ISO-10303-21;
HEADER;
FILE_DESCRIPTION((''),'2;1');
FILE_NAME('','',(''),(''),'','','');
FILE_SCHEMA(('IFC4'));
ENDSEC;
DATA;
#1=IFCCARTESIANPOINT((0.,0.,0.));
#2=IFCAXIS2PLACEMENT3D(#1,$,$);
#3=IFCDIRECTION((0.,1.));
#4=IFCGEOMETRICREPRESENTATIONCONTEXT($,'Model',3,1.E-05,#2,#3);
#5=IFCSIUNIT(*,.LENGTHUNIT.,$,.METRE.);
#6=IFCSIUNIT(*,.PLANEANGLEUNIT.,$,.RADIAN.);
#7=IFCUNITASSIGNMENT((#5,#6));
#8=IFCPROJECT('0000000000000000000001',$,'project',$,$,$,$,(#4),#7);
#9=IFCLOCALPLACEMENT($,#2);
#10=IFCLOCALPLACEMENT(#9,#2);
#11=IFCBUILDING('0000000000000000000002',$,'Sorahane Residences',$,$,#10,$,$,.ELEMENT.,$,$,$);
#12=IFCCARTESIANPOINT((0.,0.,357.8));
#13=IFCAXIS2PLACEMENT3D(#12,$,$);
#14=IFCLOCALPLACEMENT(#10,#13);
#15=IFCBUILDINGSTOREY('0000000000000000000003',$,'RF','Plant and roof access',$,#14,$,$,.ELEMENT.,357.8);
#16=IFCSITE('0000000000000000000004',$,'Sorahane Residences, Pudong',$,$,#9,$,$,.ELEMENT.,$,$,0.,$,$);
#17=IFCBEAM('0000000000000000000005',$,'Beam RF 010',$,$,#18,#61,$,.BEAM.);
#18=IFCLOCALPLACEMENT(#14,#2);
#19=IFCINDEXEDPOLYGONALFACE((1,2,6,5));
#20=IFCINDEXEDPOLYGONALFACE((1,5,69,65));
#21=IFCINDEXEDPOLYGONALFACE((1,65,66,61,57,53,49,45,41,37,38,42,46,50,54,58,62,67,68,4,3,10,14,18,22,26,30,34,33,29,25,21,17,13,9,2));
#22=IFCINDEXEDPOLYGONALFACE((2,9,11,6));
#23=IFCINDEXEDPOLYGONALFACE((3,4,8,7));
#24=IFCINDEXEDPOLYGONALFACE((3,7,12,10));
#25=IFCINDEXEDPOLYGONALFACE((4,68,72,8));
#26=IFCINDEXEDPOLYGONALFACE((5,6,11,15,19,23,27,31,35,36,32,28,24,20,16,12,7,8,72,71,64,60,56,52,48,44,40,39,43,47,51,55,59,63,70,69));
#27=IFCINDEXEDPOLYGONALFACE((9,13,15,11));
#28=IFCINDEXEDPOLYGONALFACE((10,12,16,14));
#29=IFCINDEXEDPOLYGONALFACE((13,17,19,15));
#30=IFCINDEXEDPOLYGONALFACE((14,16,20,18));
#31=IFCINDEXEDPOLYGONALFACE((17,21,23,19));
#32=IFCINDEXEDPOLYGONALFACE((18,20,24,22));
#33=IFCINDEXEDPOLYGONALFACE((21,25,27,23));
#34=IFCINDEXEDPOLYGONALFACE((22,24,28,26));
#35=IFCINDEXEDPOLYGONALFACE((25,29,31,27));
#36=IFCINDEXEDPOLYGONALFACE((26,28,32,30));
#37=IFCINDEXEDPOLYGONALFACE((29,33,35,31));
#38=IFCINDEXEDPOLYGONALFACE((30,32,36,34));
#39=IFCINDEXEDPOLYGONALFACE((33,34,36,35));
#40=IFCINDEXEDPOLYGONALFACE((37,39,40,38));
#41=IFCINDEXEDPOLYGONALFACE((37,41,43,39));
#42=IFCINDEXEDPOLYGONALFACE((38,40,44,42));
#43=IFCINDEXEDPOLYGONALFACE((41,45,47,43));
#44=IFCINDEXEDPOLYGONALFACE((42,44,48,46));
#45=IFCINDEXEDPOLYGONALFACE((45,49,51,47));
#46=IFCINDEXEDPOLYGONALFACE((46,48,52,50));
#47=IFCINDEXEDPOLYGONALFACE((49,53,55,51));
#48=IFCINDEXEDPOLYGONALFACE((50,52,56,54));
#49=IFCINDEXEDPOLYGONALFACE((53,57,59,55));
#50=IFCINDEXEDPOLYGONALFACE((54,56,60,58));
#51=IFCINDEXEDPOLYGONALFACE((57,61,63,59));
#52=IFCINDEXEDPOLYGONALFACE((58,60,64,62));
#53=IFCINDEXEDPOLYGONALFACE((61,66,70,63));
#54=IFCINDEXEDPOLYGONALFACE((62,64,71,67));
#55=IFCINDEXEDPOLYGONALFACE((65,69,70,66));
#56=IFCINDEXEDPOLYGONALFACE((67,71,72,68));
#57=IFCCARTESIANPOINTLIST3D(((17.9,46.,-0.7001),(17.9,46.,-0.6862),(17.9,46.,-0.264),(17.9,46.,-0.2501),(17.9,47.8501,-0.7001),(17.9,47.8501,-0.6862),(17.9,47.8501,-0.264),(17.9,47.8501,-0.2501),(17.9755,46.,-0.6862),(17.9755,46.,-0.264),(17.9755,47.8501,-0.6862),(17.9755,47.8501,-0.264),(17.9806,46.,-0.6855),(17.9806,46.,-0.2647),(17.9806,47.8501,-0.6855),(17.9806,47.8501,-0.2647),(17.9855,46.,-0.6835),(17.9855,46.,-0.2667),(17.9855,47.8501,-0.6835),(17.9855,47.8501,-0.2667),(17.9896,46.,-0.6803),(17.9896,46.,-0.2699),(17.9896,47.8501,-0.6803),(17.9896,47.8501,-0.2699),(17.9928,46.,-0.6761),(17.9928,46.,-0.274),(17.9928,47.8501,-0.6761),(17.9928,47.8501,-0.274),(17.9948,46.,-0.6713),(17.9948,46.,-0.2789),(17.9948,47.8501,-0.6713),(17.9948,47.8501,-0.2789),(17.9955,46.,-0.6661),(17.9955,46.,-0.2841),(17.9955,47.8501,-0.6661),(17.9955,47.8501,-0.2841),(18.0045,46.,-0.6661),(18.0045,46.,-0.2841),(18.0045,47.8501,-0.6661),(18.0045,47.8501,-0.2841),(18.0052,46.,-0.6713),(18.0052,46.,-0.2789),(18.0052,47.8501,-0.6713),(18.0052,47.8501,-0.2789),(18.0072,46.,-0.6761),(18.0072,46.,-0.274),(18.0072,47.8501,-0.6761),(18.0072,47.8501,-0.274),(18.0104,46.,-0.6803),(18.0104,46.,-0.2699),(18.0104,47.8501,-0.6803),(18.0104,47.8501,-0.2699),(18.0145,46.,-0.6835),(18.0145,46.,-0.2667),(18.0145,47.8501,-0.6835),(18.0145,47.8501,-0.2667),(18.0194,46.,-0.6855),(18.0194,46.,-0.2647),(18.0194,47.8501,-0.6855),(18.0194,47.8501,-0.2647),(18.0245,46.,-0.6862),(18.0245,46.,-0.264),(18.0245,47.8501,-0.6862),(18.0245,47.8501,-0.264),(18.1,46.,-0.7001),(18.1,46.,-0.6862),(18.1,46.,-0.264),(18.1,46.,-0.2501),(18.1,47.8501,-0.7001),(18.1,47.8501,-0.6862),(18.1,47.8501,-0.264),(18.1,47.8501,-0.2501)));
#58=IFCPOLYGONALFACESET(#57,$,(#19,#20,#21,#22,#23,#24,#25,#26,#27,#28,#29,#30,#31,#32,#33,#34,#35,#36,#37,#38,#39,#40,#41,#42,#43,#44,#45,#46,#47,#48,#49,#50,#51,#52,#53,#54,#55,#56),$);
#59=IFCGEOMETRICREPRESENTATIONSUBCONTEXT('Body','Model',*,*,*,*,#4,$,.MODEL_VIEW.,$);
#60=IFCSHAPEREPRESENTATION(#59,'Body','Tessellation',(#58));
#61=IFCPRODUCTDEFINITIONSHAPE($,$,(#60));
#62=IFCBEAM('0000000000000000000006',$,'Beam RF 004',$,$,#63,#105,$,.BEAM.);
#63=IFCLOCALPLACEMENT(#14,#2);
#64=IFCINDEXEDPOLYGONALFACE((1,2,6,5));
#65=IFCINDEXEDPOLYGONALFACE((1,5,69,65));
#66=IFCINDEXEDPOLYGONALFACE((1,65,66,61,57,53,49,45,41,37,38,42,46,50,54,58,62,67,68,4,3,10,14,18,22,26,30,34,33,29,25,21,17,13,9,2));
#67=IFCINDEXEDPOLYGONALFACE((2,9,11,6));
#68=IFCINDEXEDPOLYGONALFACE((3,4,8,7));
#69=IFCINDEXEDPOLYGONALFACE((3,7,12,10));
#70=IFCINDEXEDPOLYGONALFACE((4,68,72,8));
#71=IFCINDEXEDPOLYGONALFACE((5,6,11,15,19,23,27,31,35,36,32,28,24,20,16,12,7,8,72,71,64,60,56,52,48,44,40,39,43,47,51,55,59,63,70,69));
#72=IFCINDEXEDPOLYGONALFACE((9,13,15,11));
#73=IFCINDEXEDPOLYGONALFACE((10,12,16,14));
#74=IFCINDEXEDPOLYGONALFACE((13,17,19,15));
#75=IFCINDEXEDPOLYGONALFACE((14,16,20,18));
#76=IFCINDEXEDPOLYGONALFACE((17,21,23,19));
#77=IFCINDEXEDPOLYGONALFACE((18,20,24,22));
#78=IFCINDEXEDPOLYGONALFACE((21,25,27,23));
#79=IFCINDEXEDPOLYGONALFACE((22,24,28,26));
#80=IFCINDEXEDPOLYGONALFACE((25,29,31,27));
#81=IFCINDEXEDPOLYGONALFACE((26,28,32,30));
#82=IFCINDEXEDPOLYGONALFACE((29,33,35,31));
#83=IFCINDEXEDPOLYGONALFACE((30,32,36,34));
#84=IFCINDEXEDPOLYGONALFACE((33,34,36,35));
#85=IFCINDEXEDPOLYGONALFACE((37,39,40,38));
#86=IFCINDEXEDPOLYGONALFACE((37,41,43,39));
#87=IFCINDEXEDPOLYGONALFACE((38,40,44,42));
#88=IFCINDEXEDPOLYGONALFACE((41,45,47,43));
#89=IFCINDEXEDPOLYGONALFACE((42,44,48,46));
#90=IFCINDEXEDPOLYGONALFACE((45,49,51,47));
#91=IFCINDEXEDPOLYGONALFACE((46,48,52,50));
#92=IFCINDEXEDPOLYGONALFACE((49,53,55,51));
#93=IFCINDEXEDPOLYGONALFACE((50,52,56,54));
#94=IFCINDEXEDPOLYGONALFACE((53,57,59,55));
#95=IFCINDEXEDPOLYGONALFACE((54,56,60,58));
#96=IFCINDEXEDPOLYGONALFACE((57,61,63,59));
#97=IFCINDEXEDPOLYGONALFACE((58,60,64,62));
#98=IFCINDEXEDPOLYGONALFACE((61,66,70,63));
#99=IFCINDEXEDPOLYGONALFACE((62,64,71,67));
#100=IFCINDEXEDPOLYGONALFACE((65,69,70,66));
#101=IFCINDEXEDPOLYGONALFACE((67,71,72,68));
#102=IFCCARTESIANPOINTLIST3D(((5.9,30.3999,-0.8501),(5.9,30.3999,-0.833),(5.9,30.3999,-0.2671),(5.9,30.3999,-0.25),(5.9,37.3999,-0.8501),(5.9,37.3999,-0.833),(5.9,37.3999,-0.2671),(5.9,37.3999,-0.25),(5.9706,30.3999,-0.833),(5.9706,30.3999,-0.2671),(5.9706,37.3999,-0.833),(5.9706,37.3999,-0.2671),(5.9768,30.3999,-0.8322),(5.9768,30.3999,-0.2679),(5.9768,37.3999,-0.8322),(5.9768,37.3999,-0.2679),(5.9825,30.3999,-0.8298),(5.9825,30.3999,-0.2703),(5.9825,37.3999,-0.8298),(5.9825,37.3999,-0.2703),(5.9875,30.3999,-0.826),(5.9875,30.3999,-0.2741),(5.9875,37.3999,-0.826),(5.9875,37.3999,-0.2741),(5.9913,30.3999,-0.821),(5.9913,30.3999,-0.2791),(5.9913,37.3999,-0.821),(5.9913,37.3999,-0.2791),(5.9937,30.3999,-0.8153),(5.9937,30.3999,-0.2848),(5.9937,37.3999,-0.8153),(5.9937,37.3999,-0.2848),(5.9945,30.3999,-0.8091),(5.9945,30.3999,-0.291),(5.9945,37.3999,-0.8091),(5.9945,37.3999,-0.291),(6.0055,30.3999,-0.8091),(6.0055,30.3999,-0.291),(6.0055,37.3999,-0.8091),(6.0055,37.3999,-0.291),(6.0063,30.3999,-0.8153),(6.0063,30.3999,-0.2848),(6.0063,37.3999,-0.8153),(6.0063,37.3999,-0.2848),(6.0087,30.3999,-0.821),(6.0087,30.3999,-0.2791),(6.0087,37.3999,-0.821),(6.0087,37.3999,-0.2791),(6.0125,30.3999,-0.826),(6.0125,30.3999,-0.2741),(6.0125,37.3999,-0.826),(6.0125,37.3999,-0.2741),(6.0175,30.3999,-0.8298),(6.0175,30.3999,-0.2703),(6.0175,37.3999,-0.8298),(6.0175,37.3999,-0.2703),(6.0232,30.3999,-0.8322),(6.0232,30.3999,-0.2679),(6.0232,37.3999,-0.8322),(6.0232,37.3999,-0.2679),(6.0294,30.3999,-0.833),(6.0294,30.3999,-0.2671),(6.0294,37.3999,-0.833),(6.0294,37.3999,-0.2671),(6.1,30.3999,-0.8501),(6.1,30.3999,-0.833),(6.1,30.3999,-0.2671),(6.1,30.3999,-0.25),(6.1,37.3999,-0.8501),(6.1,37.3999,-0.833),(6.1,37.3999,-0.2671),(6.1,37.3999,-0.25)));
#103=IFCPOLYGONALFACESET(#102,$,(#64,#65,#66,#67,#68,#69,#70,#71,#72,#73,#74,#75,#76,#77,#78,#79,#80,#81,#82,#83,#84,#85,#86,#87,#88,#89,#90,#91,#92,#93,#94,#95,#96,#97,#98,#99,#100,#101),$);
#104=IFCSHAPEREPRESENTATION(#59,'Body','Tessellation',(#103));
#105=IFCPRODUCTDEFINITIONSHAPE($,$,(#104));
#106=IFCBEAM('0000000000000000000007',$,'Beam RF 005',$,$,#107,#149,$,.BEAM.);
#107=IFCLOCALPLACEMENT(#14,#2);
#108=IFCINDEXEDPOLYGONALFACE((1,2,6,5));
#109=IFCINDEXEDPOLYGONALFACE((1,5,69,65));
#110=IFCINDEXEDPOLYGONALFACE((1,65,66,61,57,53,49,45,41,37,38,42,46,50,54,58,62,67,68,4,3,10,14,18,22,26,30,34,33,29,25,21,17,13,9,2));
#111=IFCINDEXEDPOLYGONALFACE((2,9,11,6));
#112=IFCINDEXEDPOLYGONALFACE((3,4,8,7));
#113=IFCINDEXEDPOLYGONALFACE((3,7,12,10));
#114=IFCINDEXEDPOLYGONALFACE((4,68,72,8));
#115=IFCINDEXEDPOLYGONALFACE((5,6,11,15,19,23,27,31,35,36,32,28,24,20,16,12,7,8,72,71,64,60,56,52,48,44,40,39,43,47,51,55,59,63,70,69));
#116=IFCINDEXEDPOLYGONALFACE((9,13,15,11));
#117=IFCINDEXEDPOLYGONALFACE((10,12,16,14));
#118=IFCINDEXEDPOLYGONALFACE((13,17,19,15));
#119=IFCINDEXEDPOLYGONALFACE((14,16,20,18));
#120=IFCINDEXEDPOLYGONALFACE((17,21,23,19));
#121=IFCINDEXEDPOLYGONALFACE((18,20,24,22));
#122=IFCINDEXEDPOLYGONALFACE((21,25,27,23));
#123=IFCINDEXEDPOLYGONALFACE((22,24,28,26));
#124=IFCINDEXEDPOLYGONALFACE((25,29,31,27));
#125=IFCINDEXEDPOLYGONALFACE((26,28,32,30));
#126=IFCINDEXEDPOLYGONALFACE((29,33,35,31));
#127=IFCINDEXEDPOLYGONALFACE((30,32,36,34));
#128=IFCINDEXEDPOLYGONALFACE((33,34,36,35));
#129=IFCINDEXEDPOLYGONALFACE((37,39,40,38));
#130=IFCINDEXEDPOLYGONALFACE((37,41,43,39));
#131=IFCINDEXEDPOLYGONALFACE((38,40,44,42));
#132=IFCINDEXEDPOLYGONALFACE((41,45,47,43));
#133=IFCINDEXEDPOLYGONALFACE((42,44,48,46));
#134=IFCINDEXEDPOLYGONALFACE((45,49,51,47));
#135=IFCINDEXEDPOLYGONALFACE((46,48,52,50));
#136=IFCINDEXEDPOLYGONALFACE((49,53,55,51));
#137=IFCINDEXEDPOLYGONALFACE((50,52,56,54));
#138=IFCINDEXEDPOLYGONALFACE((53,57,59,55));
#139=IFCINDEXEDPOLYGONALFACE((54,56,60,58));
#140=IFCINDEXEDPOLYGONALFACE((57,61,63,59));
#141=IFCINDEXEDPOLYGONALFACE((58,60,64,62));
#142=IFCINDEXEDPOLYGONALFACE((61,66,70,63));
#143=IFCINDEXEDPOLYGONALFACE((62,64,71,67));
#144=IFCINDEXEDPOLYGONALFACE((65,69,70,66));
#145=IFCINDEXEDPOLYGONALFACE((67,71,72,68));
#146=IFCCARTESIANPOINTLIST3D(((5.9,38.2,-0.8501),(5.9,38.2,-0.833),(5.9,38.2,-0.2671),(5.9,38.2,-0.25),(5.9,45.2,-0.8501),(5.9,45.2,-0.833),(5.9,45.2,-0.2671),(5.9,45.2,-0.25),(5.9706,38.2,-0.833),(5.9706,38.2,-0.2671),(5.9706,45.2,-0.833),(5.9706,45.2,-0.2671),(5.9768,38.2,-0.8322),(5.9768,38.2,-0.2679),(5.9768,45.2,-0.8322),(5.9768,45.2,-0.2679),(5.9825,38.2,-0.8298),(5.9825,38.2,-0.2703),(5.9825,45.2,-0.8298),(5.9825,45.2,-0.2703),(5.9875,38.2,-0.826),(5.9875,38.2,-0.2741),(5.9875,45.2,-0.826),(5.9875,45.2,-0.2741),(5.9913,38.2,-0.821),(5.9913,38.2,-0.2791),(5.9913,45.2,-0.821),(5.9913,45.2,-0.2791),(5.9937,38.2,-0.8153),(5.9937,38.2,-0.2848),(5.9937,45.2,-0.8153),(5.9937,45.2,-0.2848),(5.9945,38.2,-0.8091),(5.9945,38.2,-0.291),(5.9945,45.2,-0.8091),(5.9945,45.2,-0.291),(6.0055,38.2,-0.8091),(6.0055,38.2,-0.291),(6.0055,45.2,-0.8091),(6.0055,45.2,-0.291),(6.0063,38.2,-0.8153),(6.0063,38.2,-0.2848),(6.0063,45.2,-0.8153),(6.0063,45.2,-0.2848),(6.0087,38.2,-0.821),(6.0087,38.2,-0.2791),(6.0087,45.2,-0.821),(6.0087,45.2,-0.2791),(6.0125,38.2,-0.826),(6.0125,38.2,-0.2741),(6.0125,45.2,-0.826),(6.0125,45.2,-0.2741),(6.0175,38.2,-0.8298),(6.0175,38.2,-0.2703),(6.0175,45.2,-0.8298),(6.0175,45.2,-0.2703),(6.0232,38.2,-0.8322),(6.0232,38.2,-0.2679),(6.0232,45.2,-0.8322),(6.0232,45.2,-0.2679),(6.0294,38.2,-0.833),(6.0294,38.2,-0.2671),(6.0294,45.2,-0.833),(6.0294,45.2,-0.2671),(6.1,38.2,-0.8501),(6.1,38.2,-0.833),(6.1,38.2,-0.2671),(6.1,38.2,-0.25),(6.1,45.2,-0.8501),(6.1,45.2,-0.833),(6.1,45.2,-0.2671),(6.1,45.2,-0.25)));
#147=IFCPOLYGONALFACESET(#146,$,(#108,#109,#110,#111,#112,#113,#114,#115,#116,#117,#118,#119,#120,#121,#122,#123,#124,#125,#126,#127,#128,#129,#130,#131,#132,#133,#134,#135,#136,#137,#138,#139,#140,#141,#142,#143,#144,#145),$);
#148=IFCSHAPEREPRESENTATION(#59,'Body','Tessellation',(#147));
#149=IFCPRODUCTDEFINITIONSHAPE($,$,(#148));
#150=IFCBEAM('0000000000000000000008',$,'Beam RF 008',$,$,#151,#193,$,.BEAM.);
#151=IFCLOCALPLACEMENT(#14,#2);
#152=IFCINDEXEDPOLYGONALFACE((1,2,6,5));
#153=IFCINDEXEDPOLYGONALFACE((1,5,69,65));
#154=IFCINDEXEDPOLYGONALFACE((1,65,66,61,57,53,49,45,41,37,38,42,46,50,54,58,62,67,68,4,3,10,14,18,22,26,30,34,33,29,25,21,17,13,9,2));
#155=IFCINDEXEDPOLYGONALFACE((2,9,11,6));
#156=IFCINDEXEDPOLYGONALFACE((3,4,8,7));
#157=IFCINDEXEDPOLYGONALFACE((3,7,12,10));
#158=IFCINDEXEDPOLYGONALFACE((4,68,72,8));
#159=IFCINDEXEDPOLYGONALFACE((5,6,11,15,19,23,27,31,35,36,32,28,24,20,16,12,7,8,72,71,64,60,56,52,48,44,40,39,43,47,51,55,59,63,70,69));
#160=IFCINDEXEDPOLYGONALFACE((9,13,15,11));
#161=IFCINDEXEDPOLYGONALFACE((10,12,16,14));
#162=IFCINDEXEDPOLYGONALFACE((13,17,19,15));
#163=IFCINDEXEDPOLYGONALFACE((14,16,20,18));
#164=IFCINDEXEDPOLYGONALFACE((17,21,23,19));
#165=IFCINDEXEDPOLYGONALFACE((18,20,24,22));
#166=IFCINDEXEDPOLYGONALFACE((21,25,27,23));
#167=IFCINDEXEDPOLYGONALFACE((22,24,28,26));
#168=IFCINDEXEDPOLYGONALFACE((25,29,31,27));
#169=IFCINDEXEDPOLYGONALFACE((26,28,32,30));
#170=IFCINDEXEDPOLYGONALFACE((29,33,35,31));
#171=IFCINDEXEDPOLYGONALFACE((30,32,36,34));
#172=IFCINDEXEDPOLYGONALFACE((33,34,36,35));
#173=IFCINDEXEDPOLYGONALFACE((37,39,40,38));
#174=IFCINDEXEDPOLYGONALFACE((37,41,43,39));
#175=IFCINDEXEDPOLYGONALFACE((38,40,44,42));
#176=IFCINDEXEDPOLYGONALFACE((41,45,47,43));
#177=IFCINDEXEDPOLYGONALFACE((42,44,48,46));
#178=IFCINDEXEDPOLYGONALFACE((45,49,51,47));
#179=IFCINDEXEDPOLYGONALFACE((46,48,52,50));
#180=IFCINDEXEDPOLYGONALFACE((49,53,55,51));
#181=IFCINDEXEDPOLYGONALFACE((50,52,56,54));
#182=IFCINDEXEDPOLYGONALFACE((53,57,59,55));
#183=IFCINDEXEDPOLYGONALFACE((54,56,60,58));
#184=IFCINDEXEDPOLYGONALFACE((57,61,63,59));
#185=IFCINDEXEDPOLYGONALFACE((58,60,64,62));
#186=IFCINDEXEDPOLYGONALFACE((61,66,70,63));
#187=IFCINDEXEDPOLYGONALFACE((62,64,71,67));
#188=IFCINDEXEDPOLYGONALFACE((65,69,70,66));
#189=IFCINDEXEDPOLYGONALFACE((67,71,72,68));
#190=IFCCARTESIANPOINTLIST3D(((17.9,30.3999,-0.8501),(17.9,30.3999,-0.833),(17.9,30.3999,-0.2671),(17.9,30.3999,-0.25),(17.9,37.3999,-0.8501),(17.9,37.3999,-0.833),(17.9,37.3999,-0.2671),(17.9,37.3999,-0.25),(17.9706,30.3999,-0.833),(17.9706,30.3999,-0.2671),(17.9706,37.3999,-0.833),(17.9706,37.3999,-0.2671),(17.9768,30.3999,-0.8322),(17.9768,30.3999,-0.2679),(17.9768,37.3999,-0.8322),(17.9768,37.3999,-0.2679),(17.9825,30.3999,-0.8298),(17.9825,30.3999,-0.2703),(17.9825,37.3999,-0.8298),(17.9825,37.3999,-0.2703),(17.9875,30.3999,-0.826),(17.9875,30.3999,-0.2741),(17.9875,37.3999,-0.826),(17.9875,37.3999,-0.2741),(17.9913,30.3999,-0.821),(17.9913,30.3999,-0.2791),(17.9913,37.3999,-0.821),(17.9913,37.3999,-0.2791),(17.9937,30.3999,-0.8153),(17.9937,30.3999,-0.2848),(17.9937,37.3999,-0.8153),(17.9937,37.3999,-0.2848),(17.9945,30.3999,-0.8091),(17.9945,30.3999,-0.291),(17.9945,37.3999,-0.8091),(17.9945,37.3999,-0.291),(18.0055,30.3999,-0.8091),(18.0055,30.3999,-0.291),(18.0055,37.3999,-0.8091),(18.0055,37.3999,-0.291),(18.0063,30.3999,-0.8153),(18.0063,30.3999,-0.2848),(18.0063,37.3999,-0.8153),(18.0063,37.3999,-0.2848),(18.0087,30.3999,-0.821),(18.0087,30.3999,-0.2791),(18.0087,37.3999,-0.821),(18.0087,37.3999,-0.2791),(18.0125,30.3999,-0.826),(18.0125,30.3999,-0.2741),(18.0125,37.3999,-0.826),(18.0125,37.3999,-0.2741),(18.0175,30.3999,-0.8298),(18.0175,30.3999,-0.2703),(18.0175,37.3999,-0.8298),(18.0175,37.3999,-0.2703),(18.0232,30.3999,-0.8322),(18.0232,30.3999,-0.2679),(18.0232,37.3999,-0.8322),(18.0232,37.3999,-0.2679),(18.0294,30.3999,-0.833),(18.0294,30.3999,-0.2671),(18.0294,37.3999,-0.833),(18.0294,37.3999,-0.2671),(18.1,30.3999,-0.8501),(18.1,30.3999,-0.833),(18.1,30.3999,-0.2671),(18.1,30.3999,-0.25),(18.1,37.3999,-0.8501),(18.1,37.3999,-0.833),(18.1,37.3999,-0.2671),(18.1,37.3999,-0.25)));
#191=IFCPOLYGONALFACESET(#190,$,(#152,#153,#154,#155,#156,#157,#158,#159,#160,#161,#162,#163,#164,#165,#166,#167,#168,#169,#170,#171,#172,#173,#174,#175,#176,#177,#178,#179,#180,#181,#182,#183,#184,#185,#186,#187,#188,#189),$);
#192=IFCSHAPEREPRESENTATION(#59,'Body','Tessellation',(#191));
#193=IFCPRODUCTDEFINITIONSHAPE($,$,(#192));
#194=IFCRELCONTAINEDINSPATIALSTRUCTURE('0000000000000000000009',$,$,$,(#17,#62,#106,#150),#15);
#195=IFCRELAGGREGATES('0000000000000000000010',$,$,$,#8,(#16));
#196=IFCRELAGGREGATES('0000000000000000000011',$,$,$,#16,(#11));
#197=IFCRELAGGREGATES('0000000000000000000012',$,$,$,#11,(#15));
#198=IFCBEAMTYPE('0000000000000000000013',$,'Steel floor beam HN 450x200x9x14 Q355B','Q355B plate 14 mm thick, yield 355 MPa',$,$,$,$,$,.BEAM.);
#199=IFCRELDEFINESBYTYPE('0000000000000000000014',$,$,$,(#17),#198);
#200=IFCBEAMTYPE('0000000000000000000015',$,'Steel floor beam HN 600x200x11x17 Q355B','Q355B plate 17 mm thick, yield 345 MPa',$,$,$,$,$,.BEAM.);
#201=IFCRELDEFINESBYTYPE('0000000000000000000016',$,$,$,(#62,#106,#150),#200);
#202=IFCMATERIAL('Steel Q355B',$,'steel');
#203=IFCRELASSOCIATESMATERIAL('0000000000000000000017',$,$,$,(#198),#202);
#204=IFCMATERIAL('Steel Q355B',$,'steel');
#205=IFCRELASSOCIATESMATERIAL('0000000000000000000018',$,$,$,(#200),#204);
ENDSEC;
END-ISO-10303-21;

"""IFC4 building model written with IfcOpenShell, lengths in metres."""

from ifc_helpers import new_model, si_unit, direction, frame, origin, origin_2d, place, context, subcontext, project, spatial, i_section, extrude, material, material_profile, profile_set, type_object, element, save


model = new_model("IFC4")

# Units and contexts
model_context = context("Model", 3, precision=1e-05, world=origin(), true_north=direction((0.0, 1.0)))
body_context = subcontext(model_context, "Body", "Model", "MODEL_VIEW")
ifc_project = project(units=[si_unit("LENGTHUNIT", "METRE"), si_unit("PLANEANGLEUNIT", "RADIAN")], contexts=[model_context])

# Site, building, storey
site_placement = place(None, origin())
site = spatial("IfcSite", under=ifc_project, at=site_placement, Name="Sorahane Residences, Pudong", CompositionType="ELEMENT", RefElevation=0.0)
building_placement = place(site_placement, origin())
building = spatial("IfcBuilding", under=site, at=building_placement, Name="Sorahane Residences", CompositionType="ELEMENT")
storey_placement = place(building_placement, frame((0.0, 0.0, 357.8)))
storey = spatial("IfcBuildingStorey", under=building, at=storey_placement, Name="RF", Description="Plant and roof access", CompositionType="ELEMENT", Elevation=357.8)

# Beams
ifc_material_1 = material(Name="Steel Q355B", Category="steel")
ifc_material_profile_1 = material_profile(ifc_material_1, i_section(OverallWidth=0.2, OverallDepth=0.45, WebThickness=0.009, FlangeThickness=0.0139, FilletRadius=0.02, at=origin_2d()), Name="HN 450x200x9x14")
ifc_profile_set_1 = profile_set([ifc_material_profile_1], Name="Steel Q355B")
beam_type_1 = type_object("IfcBeamType", Name="Steel floor beam HN 450x200x9x14 Q355B", Description="Q355B plate 14 mm thick, yield 355 MPa", PredefinedType="BEAM", material=ifc_profile_set_1)
beam_1_placement = place(storey_placement, frame((18.0, 46.0, -0.4751), z_axis=(0.0, 1.0, 0.0), x_axis=(-1.0, 0.0, 0.0)))
element("IfcBeam", 1, at=beam_1_placement, inside=storey, type_object=beam_type_1, Name="Beam RF 010", PredefinedType="BEAM", context=body_context, shape_type="SweptSolid", body=[
    extrude(i_section(OverallWidth=0.2, OverallDepth=0.45, WebThickness=0.009, FlangeThickness=0.0139, FilletRadius=0.02, at=origin_2d()), origin(), (0.0, 0.0, 1.0), 1.8501),
])
ifc_material_2 = material(Name="Steel Q355B", Category="steel")
ifc_material_profile_2 = material_profile(ifc_material_2, i_section(OverallWidth=0.2, OverallDepth=0.6001, WebThickness=0.011, FlangeThickness=0.0171, FilletRadius=0.0239, at=origin_2d()), Name="HN 600x200x11x17")
ifc_profile_set_2 = profile_set([ifc_material_profile_2], Name="Steel Q355B")
beam_type_2 = type_object("IfcBeamType", Name="Steel floor beam HN 600x200x11x17 Q355B", Description="Q355B plate 17 mm thick, yield 345 MPa", PredefinedType="BEAM", material=ifc_profile_set_2)
for number, where, z_axis, x_axis, name in (
    (2, (6.0, 30.3999, -0.55), (0.0, 1.0, 0.0), (-1.0, 0.0, 0.0), "Beam RF 004"),
    (3, (6.0, 38.2, -0.55), (0.0, 1.0, 0.0), (-1.0, 0.0, 0.0), "Beam RF 005"),
    (4, (18.0, 30.3999, -0.55), (0.0, 1.0, 0.0), (-1.0, 0.0, 0.0), "Beam RF 008"),
):
    element("IfcBeam", number, at=place(storey_placement, frame(where, z_axis=z_axis, x_axis=x_axis)), inside=storey, type_object=beam_type_2, Name=name, PredefinedType="BEAM", context=body_context, shape_type="SweptSolid", body=[
        extrude(i_section(OverallWidth=0.2, OverallDepth=0.6001, WebThickness=0.011, FlangeThickness=0.0171, FilletRadius=0.0239, at=origin_2d()), origin(), (0.0, 0.0, 1.0), 7.0),
    ])

save(model, "model.ifc")
